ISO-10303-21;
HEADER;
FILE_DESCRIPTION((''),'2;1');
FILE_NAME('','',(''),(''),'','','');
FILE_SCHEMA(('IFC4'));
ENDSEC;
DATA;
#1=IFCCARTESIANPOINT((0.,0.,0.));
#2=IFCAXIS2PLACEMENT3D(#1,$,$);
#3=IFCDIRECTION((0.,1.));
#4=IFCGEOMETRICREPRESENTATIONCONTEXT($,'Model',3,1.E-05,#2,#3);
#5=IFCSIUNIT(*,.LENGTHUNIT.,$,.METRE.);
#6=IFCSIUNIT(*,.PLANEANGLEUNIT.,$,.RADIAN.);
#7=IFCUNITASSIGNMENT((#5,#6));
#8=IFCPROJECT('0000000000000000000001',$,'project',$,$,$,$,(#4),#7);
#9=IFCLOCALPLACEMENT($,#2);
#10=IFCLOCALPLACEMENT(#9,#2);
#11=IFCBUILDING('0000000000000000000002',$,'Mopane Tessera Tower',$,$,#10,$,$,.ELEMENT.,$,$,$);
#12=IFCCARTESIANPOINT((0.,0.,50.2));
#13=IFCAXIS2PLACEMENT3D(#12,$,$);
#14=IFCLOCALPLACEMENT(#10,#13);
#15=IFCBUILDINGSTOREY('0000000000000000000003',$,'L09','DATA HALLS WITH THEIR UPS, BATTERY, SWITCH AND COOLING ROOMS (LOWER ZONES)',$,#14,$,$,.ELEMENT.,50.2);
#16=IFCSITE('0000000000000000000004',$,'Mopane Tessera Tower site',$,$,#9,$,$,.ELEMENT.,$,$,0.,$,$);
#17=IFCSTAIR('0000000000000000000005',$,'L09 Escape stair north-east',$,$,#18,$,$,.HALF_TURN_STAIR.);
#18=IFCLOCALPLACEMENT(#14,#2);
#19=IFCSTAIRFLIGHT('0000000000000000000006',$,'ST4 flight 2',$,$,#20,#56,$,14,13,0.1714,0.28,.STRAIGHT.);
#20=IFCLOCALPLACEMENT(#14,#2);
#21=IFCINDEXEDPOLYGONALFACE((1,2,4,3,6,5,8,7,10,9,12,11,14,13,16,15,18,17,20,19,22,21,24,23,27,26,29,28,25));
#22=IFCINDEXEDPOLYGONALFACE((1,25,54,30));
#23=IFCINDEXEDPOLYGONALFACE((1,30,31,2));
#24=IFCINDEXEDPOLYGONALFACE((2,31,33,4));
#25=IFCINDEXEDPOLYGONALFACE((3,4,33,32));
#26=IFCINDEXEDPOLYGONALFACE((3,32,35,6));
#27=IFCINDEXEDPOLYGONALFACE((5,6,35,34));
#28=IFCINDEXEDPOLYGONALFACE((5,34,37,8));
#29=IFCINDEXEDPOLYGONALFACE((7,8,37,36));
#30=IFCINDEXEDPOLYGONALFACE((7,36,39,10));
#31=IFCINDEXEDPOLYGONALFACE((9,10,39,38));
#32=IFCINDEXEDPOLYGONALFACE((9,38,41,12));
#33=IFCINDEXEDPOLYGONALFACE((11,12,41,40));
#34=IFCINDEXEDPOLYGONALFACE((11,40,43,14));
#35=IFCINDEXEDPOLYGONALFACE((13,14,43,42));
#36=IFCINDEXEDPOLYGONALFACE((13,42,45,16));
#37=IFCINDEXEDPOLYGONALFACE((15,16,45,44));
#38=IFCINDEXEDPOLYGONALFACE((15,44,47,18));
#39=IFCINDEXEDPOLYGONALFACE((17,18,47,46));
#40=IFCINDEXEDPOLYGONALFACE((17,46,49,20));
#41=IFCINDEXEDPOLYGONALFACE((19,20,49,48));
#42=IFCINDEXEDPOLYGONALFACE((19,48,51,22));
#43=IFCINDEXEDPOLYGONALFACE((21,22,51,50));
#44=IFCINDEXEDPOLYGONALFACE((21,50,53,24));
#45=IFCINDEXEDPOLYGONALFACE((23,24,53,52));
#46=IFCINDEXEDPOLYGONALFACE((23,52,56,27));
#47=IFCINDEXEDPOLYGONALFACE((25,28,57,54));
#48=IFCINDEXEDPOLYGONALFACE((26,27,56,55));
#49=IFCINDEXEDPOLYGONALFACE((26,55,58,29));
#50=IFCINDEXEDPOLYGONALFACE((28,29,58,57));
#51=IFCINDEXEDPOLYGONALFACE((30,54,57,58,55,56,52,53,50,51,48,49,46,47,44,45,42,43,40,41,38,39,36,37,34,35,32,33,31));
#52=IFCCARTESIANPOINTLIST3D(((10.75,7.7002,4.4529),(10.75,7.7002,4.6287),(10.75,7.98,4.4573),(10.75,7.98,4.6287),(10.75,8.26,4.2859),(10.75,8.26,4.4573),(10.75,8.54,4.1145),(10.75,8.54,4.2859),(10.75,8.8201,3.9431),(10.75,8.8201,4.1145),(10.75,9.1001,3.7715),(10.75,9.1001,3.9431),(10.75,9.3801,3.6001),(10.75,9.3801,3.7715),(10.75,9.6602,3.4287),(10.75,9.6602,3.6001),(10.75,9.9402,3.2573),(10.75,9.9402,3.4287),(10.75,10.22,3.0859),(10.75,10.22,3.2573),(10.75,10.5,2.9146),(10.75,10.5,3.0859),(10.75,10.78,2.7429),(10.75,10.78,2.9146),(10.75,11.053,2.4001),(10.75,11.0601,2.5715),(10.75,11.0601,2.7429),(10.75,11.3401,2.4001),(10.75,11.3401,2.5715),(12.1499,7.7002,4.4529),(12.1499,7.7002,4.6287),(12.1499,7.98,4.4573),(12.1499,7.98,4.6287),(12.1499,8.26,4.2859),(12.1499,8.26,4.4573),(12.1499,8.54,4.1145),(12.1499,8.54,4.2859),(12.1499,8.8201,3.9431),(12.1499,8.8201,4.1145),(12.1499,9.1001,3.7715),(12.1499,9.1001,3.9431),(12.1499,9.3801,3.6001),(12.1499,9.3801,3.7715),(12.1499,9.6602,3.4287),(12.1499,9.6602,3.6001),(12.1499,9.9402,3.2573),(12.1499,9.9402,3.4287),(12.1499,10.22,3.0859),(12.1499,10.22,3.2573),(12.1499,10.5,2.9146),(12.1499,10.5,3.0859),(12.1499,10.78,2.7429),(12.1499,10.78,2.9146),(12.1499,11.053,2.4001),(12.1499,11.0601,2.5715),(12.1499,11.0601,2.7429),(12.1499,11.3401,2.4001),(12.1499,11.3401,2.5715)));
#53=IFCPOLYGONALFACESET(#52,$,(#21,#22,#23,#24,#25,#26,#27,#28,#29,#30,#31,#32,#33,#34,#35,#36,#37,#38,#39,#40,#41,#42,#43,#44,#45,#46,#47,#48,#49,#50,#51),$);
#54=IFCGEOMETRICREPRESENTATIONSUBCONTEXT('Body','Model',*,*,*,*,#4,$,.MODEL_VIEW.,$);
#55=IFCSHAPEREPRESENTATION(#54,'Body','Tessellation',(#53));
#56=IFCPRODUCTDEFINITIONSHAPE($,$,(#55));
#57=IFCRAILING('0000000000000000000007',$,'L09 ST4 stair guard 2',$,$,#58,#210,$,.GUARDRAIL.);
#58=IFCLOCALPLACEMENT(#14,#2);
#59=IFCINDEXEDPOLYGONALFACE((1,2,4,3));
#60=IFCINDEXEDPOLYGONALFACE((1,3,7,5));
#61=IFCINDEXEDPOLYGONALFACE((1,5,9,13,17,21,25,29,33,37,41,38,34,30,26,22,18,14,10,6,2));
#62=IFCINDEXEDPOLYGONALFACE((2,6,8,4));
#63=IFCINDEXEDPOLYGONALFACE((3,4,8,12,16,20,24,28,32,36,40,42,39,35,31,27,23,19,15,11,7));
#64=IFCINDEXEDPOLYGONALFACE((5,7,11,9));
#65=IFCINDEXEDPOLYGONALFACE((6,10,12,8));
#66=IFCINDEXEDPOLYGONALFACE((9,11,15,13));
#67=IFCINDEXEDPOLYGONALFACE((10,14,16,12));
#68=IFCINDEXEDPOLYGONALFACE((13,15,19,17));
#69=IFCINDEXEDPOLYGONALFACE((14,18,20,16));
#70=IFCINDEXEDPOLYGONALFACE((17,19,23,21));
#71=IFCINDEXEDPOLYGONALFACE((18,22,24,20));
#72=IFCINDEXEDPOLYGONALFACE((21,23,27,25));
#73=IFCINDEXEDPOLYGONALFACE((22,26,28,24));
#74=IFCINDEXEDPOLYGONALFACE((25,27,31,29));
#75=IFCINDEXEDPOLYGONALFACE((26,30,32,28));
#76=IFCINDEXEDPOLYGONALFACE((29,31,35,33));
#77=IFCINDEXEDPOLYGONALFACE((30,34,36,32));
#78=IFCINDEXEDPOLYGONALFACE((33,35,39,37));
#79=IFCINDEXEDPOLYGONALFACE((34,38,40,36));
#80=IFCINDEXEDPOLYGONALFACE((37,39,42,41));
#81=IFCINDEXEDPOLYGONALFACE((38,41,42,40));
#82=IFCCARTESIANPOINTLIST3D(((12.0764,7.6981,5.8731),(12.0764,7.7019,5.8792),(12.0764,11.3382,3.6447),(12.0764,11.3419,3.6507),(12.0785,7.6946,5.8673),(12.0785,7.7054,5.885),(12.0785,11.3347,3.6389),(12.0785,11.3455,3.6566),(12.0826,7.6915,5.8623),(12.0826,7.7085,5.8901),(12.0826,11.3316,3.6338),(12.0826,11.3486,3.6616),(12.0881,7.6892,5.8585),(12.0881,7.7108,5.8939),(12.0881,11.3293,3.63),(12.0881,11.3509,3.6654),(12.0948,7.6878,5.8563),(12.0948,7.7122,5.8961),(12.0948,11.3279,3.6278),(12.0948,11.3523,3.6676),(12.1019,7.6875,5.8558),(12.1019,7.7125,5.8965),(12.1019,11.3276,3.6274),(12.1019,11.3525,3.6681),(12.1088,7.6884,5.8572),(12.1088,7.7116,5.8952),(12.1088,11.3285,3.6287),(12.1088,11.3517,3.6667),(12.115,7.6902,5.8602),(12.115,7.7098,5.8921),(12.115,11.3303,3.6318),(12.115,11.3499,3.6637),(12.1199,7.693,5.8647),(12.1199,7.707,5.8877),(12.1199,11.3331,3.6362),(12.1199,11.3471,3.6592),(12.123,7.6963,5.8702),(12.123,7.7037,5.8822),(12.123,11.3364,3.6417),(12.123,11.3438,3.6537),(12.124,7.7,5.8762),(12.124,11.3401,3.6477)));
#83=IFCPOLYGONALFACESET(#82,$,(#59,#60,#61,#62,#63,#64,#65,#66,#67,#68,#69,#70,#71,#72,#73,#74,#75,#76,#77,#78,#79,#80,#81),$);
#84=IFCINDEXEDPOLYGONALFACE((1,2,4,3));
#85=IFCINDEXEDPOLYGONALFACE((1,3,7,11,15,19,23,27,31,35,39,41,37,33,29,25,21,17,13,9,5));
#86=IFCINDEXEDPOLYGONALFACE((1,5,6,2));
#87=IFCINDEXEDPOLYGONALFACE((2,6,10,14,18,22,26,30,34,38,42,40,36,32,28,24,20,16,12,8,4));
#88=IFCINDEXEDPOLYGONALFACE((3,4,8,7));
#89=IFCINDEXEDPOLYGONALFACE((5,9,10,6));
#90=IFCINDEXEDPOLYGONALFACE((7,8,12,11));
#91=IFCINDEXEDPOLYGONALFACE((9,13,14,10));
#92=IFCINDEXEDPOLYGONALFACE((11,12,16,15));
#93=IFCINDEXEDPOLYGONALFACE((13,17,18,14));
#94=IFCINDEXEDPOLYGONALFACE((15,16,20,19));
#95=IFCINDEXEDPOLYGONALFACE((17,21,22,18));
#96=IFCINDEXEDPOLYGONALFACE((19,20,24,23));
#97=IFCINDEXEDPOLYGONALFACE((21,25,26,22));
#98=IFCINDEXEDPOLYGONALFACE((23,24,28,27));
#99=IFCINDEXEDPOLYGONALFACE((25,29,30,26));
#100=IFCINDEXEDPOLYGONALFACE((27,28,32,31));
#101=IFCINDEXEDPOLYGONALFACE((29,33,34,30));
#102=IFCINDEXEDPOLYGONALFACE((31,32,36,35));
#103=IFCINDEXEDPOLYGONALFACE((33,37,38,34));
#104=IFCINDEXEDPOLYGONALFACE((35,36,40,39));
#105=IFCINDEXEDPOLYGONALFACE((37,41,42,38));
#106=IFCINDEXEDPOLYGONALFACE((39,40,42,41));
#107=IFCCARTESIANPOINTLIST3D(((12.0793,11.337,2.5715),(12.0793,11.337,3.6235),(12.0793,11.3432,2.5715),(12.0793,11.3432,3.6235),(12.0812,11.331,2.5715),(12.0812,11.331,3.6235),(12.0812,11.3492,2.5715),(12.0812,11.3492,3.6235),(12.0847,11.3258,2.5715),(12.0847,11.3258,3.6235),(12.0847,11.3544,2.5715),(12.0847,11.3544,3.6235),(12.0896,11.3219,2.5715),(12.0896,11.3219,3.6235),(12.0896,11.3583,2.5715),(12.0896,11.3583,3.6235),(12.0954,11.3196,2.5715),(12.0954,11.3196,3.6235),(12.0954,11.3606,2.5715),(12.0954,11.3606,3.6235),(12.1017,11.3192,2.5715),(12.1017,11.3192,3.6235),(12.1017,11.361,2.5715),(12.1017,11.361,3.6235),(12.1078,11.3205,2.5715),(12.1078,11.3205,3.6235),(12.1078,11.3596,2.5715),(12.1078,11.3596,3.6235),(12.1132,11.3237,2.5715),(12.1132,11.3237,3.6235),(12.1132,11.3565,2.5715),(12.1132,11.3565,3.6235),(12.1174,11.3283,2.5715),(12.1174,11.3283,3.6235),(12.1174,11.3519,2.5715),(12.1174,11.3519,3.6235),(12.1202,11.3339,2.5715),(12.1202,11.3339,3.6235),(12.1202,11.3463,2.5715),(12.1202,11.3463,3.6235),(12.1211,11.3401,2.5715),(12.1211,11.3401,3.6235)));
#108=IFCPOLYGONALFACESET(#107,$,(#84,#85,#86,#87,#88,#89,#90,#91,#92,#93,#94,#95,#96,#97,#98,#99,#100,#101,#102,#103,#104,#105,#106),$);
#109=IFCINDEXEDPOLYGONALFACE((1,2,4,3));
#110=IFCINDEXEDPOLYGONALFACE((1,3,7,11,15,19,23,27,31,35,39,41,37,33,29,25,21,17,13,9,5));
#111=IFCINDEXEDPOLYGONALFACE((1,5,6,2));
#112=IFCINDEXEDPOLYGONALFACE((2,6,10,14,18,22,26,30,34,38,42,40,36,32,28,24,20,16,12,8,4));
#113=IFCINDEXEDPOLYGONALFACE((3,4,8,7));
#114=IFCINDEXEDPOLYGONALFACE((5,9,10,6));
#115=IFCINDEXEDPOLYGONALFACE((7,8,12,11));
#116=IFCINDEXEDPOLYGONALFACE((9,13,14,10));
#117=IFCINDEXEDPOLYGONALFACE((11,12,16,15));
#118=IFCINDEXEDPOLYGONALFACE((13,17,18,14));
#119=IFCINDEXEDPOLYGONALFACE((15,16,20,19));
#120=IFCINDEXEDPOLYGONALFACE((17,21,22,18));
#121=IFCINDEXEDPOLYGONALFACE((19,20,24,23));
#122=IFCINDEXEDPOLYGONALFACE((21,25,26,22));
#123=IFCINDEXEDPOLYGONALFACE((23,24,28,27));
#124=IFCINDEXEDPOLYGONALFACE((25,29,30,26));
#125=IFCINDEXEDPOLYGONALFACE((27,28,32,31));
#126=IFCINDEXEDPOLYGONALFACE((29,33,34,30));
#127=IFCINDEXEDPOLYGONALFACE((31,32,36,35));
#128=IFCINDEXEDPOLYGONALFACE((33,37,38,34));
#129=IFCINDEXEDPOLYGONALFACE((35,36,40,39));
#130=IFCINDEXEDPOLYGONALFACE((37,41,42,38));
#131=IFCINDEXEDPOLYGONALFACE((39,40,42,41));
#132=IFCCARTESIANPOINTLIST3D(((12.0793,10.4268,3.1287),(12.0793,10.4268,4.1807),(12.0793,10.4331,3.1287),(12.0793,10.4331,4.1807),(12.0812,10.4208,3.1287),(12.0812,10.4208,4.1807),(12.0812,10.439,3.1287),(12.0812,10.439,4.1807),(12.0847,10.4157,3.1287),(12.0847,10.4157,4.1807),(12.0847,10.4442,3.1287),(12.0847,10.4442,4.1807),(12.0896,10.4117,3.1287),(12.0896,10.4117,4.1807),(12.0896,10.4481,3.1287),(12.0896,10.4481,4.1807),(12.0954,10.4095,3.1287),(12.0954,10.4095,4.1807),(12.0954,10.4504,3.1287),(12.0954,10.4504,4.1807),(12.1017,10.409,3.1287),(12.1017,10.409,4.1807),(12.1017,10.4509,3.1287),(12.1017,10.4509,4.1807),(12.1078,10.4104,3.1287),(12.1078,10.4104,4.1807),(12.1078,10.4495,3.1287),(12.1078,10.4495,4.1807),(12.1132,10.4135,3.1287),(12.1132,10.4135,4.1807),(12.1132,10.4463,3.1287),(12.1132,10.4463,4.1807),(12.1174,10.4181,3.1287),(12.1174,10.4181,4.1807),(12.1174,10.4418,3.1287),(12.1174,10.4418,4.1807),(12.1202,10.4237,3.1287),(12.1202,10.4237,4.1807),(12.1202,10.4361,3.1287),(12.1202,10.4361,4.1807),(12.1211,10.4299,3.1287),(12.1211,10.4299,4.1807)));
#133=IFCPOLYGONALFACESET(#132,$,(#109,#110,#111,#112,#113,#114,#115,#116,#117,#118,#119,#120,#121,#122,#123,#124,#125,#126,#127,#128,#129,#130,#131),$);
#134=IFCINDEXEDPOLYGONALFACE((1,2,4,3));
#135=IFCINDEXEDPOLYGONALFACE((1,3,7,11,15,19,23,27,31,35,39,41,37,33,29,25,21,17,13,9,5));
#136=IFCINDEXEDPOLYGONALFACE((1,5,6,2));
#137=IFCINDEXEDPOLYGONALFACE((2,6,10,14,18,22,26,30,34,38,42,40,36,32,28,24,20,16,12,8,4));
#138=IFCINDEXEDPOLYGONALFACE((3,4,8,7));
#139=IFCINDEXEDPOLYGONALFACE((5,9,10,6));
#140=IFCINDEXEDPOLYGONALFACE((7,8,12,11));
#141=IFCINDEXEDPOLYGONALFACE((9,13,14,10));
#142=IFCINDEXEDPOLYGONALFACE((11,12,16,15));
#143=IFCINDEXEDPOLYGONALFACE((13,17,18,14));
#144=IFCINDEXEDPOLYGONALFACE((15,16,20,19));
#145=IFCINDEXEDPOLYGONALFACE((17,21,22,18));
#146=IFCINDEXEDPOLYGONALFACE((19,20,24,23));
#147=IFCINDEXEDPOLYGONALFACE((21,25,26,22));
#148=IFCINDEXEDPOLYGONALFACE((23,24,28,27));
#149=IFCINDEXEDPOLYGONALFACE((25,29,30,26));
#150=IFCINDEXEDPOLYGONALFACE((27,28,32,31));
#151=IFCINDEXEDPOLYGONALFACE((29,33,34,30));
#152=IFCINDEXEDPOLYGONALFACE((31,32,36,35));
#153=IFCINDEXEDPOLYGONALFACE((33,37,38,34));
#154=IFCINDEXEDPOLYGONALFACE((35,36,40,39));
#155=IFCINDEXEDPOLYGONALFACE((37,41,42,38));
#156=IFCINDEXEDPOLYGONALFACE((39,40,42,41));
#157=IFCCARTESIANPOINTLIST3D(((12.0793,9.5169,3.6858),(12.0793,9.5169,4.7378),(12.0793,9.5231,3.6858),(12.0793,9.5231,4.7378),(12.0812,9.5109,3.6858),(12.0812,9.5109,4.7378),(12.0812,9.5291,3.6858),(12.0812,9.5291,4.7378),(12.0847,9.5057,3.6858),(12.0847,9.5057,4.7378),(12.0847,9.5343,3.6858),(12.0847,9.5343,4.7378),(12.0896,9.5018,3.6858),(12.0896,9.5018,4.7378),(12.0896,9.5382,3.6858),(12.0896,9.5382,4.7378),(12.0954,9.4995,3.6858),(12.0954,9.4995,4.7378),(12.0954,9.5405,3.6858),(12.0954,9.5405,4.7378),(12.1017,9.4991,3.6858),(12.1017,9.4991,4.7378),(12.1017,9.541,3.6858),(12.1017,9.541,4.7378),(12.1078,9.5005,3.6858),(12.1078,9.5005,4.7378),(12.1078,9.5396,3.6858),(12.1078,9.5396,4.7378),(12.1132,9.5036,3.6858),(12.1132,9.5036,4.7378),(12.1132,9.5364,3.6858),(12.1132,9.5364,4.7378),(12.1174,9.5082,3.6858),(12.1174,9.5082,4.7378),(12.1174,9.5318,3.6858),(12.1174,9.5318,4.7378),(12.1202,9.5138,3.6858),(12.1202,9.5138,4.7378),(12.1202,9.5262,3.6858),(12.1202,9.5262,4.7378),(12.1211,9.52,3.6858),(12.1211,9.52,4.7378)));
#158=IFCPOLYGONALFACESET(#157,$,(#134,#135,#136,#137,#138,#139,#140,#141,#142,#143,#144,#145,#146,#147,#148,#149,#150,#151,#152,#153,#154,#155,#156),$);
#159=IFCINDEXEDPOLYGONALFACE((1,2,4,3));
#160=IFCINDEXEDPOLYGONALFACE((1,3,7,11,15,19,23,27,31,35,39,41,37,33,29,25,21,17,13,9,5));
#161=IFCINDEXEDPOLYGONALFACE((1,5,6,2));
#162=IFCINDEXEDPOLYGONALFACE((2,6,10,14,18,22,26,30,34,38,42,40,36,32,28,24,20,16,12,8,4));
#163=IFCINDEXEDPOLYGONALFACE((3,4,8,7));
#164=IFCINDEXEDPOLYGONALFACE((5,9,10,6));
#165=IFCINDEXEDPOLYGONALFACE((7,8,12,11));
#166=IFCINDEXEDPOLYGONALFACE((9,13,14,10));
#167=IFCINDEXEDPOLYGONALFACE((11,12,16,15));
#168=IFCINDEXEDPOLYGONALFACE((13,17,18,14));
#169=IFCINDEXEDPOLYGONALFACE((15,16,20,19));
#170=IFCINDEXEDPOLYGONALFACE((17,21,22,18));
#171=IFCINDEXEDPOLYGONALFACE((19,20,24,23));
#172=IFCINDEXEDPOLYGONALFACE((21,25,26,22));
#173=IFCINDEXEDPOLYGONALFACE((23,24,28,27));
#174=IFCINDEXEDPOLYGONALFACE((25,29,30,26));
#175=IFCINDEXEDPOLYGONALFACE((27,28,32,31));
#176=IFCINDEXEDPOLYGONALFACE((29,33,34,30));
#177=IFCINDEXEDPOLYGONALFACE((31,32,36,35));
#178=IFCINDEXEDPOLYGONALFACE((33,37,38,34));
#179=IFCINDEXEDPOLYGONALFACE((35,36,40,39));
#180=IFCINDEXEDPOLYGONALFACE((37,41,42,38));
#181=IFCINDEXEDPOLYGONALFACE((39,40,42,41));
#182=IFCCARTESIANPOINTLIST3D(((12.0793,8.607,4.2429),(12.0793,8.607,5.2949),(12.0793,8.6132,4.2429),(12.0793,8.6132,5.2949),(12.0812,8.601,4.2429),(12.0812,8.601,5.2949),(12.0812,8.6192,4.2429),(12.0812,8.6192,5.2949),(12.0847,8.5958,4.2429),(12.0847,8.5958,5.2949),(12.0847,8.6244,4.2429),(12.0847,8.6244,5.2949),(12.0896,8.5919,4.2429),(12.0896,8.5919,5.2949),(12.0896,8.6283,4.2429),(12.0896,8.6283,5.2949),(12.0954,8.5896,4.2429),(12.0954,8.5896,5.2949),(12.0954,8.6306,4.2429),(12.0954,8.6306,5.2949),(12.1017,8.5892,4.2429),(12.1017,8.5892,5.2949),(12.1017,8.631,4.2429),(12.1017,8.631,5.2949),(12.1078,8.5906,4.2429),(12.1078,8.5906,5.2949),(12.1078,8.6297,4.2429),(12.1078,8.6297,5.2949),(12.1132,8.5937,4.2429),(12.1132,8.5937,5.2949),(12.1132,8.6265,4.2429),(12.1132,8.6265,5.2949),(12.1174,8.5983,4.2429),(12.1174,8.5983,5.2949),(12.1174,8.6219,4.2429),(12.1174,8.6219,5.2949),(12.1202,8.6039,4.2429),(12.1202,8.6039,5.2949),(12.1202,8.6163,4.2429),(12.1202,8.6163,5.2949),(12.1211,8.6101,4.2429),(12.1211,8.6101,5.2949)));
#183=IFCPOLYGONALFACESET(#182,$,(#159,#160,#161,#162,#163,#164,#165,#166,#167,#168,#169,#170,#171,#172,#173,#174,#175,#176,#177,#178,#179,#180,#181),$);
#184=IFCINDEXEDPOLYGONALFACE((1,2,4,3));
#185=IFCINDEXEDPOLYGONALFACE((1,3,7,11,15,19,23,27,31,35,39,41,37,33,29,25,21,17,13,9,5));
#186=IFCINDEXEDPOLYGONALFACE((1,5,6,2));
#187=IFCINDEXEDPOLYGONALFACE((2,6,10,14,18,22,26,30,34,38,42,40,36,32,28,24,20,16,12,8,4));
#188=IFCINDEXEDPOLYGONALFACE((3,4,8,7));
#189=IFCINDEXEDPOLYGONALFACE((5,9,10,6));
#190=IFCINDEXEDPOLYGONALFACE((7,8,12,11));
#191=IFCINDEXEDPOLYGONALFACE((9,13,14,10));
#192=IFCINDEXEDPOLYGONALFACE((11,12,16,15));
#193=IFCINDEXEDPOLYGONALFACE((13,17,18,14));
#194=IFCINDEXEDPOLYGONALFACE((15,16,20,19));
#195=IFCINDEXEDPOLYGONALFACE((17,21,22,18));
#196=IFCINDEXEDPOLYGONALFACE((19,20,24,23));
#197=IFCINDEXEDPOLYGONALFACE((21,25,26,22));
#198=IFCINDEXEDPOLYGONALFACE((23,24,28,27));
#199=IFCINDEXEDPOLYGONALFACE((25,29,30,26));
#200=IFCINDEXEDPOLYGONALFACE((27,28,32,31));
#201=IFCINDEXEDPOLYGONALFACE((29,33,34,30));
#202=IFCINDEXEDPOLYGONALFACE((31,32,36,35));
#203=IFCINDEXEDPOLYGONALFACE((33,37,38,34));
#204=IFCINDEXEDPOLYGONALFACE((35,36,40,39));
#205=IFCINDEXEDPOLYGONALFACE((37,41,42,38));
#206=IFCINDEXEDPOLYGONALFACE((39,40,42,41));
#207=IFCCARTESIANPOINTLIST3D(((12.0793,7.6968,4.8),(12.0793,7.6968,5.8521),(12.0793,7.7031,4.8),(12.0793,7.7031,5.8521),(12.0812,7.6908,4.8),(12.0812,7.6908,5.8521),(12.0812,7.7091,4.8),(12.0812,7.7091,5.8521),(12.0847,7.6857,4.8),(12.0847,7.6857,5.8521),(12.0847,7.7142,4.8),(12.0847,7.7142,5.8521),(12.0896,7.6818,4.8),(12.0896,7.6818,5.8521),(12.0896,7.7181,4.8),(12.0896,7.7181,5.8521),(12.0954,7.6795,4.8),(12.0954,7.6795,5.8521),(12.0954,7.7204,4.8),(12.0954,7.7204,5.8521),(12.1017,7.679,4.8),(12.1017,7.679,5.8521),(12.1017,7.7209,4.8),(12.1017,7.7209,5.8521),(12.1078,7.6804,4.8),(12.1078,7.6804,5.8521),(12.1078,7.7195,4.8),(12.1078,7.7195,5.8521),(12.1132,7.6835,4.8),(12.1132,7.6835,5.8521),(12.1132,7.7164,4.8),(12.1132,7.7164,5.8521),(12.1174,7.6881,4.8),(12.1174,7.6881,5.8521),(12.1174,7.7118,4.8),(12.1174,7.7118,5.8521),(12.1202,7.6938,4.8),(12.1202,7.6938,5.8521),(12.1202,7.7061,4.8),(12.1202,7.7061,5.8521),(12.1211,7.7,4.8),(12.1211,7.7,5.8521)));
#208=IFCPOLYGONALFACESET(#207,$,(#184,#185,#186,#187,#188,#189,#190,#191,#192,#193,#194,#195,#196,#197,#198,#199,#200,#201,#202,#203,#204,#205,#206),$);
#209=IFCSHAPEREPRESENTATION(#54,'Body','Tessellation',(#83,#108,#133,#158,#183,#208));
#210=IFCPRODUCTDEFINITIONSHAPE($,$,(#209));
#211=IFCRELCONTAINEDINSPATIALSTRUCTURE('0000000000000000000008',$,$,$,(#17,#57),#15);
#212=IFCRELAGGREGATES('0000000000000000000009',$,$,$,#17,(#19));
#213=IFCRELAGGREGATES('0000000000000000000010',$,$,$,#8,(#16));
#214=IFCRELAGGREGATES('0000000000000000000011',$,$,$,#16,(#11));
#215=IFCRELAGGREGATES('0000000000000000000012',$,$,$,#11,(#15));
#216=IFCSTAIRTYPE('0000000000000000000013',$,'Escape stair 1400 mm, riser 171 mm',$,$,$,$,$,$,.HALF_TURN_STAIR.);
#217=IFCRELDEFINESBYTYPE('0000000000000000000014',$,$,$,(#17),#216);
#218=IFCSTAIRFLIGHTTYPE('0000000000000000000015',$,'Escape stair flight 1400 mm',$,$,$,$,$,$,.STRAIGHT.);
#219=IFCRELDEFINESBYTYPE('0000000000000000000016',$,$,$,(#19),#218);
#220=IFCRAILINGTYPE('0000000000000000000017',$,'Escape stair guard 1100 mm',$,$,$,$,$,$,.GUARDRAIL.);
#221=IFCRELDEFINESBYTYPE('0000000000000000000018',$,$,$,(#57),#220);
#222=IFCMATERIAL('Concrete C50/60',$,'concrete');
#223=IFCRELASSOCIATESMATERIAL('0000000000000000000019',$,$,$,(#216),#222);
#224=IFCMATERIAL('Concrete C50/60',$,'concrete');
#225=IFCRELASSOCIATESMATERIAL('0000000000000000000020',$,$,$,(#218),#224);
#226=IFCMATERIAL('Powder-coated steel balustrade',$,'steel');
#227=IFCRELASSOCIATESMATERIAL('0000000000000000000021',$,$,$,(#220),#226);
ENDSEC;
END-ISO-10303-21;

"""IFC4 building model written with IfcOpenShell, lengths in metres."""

from ifc_helpers import new_model, si_unit, direction, frame, origin, origin_2d, place, context, subcontext, project, spatial, polyline, circle, outline, extrude, material, type_object, element, aggregate, save


model = new_model("IFC4")

# Units and contexts
model_context = context("Model", 3, precision=1e-05, world=origin(), true_north=direction((0.0, 1.0)))
body_context = subcontext(model_context, "Body", "Model", "MODEL_VIEW")
ifc_project = project(units=[si_unit("LENGTHUNIT", "METRE"), si_unit("PLANEANGLEUNIT", "RADIAN")], contexts=[model_context])

# Site, building, storey
site_placement = place(None, origin())
site = spatial("IfcSite", under=ifc_project, at=site_placement, Name="Mopane Tessera Tower site", CompositionType="ELEMENT", RefElevation=0.0)
building_placement = place(site_placement, origin())
building = spatial("IfcBuilding", under=site, at=building_placement, Name="Mopane Tessera Tower", CompositionType="ELEMENT")
storey_placement = place(building_placement, frame((0.0, 0.0, 50.2)))
storey = spatial("IfcBuildingStorey", under=building, at=storey_placement, Name="L09", Description="DATA HALLS WITH THEIR UPS, BATTERY, SWITCH AND COOLING ROOMS (LOWER ZONES)", CompositionType="ELEMENT", Elevation=50.2)

# Stair, stair flight
ifc_material_1 = material(Name="Concrete C50/60", Category="concrete")
stair_type = type_object("IfcStairType", Name="Escape stair 1400 mm, riser 171 mm", PredefinedType="HALF_TURN_STAIR", material=ifc_material_1)
stair_placement = place(storey_placement, origin())
stair = element("IfcStair", 1, at=stair_placement, inside=storey, type_object=stair_type, Name="L09 Escape stair north-east", PredefinedType="HALF_TURN_STAIR")
ifc_material_2 = material(Name="Concrete C50/60", Category="concrete")
stair_flight_type = type_object("IfcStairFlightType", Name="Escape stair flight 1400 mm", PredefinedType="STRAIGHT", material=ifc_material_2)
stair_flight_placement = place(storey_placement, frame((11.45, 11.3401, 2.4001), z_axis=(0.0, 0.0, 1.0), x_axis=(0.0, -1.0, 0.0)))
stair_flight = element("IfcStairFlight", 2, at=stair_flight_placement, type_object=stair_flight_type, Name="ST4 flight 2", NumberOfRisers=14, NumberOfTreads=13, PredefinedType="STRAIGHT", RiserHeight=0.1714, TreadLength=0.28, context=body_context, shape_type="SweptSolid", body=[
    extrude(outline(polyline([(0.0, 0.0), (0.0, 0.1714), (0.28, 0.1714), (0.28, 0.3428), (0.5601, 0.3428), (0.5601, 0.5144), (0.8401, 0.5144), (0.8401, 0.6858), (1.1201, 0.6858), (1.1201, 0.8572), (1.3999, 0.8572), (1.3999, 1.0286), (1.6799, 1.0286), (1.6799, 1.2), (1.96, 1.2), (1.96, 1.3713), (2.24, 1.3713), (2.24, 1.543), (2.52, 1.543), (2.52, 1.7144), (2.8, 1.7144), (2.8, 1.8857), (3.0801, 1.8857), (3.0801, 2.0571), (3.3601, 2.0571), (3.3601, 2.2285), (3.6399, 2.2285), (3.6399, 2.3999), (3.6399, 2.0527), (0.2871, 0.0), (0.0, 0.0)])), frame((0.0, 0.7, 0.0), z_axis=(0.0, -1.0, 0.0), x_axis=(1.0, 0.0, 0.0)), (0.0, 0.0, 1.0), 1.3999),
])
aggregate(stair, [stair_flight])

# Railing
ifc_material_3 = material(Name="Powder-coated steel balustrade", Category="steel")
railing_type_1 = type_object("IfcRailingType", Name="Escape stair guard 1100 mm", PredefinedType="GUARDRAIL", material=ifc_material_3)
railing_1_placement = place(storey_placement, frame((12.1001, 11.3401, 2.5715)))
element("IfcRailing", 3, at=railing_1_placement, inside=storey, type_object=railing_type_1, Name="L09 ST4 stair guard 2", PredefinedType="GUARDRAIL", context=body_context, shape_type="SweptSolid", body=[
    extrude(circle(Radius=0.0239, at=origin_2d()), frame((0.0, 0.0, 1.0762), z_axis=(0.0, -0.852866, 0.52213), x_axis=(1.0, 0.0, 0.0)), (0.0, 0.0, 1.0), 4.2681),
    extrude(circle(Radius=0.021, at=origin_2d()), origin(), (0.0, 0.0, 1.0), 1.052),
    extrude(circle(Radius=0.021, at=origin_2d()), frame((0.0, -0.9102, 0.5571)), (0.0, 0.0, 1.0), 1.052),
    extrude(circle(Radius=0.021, at=origin_2d()), frame((0.0, -1.8201, 1.1143)), (0.0, 0.0, 1.0), 1.052),
    extrude(circle(Radius=0.021, at=origin_2d()), frame((0.0, -2.73, 1.6714)), (0.0, 0.0, 1.0), 1.052),
    extrude(circle(Radius=0.021, at=origin_2d()), frame((0.0, -3.6401, 2.2285)), (0.0, 0.0, 1.0), 1.052),
])

save(model, "model.ifc")
